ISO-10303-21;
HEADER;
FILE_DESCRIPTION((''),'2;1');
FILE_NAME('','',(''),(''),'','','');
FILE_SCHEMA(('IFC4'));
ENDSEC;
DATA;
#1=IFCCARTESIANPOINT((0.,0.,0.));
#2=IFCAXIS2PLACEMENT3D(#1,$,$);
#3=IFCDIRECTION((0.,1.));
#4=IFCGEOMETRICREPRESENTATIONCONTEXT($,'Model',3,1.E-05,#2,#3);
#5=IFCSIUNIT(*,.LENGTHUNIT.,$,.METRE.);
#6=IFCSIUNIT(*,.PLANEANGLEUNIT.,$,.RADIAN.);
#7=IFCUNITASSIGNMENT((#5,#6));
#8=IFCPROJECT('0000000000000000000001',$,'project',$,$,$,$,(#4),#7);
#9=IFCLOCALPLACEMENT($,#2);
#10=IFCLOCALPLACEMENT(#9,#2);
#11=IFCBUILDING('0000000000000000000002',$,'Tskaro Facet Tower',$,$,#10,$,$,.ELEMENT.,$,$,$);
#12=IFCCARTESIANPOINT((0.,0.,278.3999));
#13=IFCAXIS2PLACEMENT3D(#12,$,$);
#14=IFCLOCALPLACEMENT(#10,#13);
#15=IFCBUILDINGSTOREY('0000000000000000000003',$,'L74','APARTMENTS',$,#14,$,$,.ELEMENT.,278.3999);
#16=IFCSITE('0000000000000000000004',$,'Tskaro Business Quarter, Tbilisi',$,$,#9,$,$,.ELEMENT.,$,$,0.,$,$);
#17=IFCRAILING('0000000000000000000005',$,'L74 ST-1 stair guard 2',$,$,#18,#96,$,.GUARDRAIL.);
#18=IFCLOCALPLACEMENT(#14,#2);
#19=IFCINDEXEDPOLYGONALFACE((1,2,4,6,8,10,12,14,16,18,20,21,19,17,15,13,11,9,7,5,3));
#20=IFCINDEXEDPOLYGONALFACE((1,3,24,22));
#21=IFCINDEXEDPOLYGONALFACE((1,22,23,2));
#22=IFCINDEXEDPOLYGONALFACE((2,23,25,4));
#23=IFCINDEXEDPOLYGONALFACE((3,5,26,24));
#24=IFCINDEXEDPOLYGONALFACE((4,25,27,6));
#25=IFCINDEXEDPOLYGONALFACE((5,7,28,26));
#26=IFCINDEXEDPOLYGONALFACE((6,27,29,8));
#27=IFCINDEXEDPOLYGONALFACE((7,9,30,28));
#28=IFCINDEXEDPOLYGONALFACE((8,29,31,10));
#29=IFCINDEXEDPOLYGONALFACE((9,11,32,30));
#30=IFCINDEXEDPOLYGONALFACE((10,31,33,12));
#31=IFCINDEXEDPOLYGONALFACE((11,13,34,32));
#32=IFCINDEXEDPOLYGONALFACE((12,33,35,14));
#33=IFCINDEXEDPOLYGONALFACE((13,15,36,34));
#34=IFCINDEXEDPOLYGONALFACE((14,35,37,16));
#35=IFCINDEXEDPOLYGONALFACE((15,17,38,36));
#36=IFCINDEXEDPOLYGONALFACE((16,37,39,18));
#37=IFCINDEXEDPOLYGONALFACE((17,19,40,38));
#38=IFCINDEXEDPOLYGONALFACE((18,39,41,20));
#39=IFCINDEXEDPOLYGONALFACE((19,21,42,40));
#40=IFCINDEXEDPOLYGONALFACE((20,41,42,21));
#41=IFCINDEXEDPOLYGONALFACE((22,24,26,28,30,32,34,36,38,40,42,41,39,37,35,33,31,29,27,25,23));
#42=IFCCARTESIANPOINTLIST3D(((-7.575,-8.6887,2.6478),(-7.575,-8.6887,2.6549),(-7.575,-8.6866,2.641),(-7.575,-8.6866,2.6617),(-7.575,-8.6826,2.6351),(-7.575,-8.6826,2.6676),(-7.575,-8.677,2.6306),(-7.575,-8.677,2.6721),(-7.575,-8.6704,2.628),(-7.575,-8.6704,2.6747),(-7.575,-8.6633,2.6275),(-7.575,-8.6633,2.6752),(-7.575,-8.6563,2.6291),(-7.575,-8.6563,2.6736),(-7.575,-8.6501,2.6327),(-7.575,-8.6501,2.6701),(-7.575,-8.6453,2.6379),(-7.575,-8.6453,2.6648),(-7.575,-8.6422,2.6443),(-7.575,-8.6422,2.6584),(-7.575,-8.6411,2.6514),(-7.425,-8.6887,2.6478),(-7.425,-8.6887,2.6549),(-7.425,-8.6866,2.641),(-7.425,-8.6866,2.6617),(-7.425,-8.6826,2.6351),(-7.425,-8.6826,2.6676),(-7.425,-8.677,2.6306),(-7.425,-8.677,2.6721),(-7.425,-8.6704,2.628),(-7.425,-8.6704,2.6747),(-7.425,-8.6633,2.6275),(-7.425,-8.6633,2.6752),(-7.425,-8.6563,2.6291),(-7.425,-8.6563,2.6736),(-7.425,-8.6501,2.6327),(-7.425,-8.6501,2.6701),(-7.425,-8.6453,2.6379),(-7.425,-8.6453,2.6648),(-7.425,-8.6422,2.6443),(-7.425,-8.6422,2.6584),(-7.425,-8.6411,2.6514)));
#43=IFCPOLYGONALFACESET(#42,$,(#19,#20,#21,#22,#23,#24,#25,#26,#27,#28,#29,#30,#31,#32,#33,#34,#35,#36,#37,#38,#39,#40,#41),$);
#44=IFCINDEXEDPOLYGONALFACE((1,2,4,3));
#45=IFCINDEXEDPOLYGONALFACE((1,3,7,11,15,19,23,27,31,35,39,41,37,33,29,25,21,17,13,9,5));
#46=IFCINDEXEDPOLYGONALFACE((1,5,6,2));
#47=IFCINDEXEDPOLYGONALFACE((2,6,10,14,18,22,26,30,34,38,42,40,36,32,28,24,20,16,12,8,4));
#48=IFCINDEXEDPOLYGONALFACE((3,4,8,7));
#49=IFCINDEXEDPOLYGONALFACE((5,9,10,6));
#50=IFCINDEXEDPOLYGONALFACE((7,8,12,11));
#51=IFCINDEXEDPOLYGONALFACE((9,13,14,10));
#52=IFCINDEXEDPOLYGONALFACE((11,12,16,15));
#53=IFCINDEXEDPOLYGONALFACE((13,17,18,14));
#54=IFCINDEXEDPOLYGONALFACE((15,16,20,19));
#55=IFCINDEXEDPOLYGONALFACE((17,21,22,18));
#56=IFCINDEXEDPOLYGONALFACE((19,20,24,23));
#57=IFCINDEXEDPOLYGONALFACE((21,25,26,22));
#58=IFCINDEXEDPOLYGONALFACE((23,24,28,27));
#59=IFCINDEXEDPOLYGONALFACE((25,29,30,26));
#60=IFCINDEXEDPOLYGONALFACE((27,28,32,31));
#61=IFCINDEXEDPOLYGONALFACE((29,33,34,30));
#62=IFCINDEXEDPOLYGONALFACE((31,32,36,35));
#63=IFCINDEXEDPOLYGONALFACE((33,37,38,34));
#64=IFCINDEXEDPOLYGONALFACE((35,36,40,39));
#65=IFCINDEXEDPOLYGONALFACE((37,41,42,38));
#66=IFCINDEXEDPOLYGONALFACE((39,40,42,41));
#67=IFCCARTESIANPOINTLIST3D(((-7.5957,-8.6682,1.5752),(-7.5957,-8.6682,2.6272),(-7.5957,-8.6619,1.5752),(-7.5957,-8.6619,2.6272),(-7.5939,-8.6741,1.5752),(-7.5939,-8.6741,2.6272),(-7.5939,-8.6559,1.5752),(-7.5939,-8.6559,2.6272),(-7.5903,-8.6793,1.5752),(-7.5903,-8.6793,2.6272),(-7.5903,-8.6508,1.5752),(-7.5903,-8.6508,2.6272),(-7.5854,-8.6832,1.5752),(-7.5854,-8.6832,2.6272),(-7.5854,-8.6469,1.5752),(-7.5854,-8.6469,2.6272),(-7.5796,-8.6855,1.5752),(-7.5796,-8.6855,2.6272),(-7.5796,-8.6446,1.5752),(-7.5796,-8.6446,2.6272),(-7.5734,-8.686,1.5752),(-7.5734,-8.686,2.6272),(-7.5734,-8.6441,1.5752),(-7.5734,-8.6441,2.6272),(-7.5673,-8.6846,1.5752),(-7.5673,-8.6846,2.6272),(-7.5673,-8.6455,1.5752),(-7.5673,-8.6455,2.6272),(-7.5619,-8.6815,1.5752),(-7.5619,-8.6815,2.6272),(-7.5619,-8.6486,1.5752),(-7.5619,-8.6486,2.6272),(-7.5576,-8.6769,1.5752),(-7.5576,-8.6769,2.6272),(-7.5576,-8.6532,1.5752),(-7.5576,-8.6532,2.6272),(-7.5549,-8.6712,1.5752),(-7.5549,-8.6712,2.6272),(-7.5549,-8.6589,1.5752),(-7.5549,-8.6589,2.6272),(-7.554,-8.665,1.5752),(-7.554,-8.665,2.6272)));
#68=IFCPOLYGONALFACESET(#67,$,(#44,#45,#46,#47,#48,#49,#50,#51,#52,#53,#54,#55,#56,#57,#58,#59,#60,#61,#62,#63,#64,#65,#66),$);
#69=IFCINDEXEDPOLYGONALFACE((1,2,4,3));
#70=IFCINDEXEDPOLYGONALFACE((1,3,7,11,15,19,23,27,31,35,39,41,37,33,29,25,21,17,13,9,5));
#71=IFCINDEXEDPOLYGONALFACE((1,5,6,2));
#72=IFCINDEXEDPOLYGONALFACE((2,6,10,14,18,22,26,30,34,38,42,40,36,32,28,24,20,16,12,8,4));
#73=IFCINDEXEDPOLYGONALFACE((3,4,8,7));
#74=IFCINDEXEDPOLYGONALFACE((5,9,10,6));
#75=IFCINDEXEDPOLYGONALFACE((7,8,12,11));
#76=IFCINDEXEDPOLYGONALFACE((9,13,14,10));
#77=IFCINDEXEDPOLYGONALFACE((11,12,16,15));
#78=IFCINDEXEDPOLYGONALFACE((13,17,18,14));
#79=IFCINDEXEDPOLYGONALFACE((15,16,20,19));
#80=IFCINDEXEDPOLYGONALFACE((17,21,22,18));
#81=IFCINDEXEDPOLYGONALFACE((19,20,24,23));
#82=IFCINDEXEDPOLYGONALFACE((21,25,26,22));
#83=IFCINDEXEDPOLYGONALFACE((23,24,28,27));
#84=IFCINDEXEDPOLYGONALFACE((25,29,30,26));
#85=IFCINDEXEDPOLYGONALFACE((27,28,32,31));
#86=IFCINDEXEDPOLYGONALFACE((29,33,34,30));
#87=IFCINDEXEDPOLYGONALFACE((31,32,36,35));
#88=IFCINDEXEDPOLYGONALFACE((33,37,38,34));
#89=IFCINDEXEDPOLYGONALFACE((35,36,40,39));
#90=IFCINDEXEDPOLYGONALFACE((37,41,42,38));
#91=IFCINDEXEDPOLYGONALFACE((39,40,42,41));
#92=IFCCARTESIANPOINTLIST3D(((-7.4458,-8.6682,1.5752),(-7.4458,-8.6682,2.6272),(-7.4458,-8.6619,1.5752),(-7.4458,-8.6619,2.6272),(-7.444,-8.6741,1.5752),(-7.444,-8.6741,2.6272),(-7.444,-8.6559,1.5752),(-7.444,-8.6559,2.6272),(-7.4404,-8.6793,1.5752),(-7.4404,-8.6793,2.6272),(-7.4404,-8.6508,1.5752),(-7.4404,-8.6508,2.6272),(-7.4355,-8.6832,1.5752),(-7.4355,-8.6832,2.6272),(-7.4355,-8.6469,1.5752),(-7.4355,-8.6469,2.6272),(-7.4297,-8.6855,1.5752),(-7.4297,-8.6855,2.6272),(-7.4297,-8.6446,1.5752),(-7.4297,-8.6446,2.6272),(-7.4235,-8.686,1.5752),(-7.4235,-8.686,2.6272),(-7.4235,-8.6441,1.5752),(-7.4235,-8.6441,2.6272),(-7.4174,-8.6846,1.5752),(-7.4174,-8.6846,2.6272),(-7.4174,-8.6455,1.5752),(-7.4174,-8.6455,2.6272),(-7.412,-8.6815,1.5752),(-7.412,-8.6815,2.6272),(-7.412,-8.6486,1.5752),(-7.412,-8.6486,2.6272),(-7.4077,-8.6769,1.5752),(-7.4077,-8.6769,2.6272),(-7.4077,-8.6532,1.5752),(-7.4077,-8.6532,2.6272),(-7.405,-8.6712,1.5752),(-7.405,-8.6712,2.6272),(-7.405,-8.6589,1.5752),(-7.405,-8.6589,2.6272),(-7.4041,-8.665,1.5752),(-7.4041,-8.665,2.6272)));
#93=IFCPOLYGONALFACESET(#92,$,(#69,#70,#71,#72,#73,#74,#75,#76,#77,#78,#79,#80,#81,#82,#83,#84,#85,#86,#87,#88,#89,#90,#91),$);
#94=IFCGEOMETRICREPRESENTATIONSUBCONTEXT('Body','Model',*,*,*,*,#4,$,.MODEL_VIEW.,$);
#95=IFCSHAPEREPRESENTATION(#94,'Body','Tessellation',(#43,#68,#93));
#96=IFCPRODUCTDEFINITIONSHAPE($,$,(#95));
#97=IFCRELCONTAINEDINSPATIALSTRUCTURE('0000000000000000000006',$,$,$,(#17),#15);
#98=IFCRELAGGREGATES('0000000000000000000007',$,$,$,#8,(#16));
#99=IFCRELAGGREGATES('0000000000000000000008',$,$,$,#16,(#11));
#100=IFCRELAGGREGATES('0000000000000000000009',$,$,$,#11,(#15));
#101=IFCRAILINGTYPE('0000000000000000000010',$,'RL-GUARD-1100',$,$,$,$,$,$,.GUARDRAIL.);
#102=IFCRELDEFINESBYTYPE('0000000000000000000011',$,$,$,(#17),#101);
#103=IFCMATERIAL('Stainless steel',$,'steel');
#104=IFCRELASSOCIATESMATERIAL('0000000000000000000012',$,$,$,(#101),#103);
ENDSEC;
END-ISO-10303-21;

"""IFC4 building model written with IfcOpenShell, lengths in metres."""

from ifc_helpers import new_model, si_unit, direction, frame, origin, origin_2d, place, context, subcontext, project, spatial, circle, extrude, material, type_object, element, save


model = new_model("IFC4")

# Units and contexts
model_context = context("Model", 3, precision=1e-05, world=origin(), true_north=direction((0.0, 1.0)))
body_context = subcontext(model_context, "Body", "Model", "MODEL_VIEW")
ifc_project = project(units=[si_unit("LENGTHUNIT", "METRE"), si_unit("PLANEANGLEUNIT", "RADIAN")], contexts=[model_context])

# Site, building, storey
site_placement = place(None, origin())
site = spatial("IfcSite", under=ifc_project, at=site_placement, Name="Tskaro Business Quarter, Tbilisi", CompositionType="ELEMENT", RefElevation=0.0)
building_placement = place(site_placement, origin())
building = spatial("IfcBuilding", under=site, at=building_placement, Name="Tskaro Facet Tower", CompositionType="ELEMENT")
storey_placement = place(building_placement, frame((0.0, 0.0, 278.3999)))
storey = spatial("IfcBuildingStorey", under=building, at=storey_placement, Name="L74", Description="APARTMENTS", CompositionType="ELEMENT", Elevation=278.3999)

# Shared definitions
ifc_material_1 = material(Name="Stainless steel", Category="steel")

# Railing
railing_type_1 = type_object("IfcRailingType", Name="RL-GUARD-1100", PredefinedType="GUARDRAIL", material=ifc_material_1)
railing_1_placement = place(storey_placement, frame((-7.575, -8.665, 1.5752)))
element("IfcRailing", 1, at=railing_1_placement, inside=storey, type_object=railing_type_1, Name="L74 ST-1 stair guard 2", PredefinedType="GUARDRAIL", context=body_context, shape_type="SweptSolid", body=[
    extrude(circle(Radius=0.0239, at=origin_2d()), frame((0.0, 0.0, 1.0762), z_axis=(1.0, 0.0, 0.0), x_axis=(0.0, 1.0, 0.0)), (0.0, 0.0, 1.0), 0.1499),
    extrude(circle(Radius=0.021, at=origin_2d()), origin(), (0.0, 0.0, 1.0), 1.052),
    extrude(circle(Radius=0.021, at=origin_2d()), frame((0.1499, 0.0, 0.0)), (0.0, 0.0, 1.0), 1.052),
])

save(model, "model.ifc")
